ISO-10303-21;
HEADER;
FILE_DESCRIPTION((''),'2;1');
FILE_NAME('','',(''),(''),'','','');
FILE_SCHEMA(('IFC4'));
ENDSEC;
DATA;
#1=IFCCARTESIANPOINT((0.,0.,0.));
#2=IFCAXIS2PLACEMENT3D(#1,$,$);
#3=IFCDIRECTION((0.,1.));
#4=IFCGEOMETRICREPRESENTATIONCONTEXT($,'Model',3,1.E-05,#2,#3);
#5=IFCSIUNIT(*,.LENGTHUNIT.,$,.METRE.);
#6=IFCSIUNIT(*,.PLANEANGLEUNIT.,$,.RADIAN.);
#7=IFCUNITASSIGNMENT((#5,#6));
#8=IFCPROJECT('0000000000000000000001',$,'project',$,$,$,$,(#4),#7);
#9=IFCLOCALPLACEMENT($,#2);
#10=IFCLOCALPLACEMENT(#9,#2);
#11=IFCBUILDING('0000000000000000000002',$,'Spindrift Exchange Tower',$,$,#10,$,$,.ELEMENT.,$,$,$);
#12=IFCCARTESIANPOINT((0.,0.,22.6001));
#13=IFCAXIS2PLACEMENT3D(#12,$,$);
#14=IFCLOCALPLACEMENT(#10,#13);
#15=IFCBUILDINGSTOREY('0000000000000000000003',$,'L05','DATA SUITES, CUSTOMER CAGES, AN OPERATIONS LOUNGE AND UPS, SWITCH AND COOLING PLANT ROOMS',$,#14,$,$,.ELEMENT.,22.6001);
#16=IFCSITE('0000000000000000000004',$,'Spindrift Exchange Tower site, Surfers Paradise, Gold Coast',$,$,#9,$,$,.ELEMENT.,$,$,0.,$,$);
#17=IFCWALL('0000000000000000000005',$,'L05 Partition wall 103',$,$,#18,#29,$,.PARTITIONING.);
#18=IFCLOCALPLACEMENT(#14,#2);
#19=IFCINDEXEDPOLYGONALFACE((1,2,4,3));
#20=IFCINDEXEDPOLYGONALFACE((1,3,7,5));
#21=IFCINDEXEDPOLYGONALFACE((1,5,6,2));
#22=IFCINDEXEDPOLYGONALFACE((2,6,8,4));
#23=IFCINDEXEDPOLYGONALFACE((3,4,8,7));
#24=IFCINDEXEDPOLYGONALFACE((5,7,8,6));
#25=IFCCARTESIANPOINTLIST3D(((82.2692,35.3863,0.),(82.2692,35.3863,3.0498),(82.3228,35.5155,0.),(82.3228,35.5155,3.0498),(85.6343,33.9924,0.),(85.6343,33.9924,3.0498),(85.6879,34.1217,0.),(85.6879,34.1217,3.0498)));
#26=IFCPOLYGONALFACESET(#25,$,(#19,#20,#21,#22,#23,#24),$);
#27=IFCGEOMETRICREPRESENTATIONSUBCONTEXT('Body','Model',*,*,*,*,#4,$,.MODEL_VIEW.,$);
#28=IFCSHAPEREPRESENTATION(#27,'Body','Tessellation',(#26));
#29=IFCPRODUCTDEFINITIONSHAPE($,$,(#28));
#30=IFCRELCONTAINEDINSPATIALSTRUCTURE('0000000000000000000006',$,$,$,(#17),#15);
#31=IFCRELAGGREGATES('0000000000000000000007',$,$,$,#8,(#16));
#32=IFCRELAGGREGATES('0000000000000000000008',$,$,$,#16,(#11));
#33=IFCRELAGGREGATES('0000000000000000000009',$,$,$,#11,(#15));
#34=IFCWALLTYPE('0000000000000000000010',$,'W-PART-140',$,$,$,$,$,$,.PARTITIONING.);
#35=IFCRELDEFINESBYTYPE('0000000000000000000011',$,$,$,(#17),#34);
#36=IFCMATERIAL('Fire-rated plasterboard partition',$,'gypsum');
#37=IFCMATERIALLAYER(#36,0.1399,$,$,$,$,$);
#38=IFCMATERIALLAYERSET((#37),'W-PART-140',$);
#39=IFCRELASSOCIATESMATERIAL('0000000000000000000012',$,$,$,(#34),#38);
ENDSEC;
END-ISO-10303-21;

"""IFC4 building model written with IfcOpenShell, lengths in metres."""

from ifc_helpers import new_model, si_unit, direction, frame, frame_2d, origin, place, context, subcontext, project, spatial, rectangle, extrude, material, layer, layer_set, type_object, element, save


model = new_model("IFC4")

# Units and contexts
model_context = context("Model", 3, precision=1e-05, world=origin(), true_north=direction((0.0, 1.0)))
body_context = subcontext(model_context, "Body", "Model", "MODEL_VIEW")
ifc_project = project(units=[si_unit("LENGTHUNIT", "METRE"), si_unit("PLANEANGLEUNIT", "RADIAN")], contexts=[model_context])

# Site, building, storey
site_placement = place(None, origin())
site = spatial("IfcSite", under=ifc_project, at=site_placement, Name="Spindrift Exchange Tower site, Surfers Paradise, Gold Coast", CompositionType="ELEMENT", RefElevation=0.0)
building_placement = place(site_placement, origin())
building = spatial("IfcBuilding", under=site, at=building_placement, Name="Spindrift Exchange Tower", CompositionType="ELEMENT")
storey_placement = place(building_placement, frame((0.0, 0.0, 22.6001)))
storey = spatial("IfcBuildingStorey", under=building, at=storey_placement, Name="L05", Description="DATA SUITES, CUSTOMER CAGES, AN OPERATIONS LOUNGE AND UPS, SWITCH AND COOLING PLANT ROOMS", CompositionType="ELEMENT", Elevation=22.6001)

# Wall
ifc_material_1 = material(Name="Fire-rated plasterboard partition", Category="gypsum")
ifc_layer_1 = layer(ifc_material_1, 0.1399)
ifc_layer_set_1 = layer_set([ifc_layer_1], Name="W-PART-140")
wall_type_1 = type_object("IfcWallType", Name="W-PART-140", PredefinedType="PARTITIONING", material=ifc_layer_set_1)
wall_1_placement = place(storey_placement, frame((82.2959, 35.4509, 0.0), z_axis=(0.0, 0.0, 1.0), x_axis=(0.923882, -0.382677, 0.0)))
element("IfcWall", 1, at=wall_1_placement, inside=storey, type_object=wall_type_1, Name="L05 Partition wall 103", PredefinedType="PARTITIONING", context=body_context, shape_type="SweptSolid", body=[
    extrude(rectangle(XDim=3.6423, YDim=0.1399, at=frame_2d((1.8213, 0.0))), origin(), (0.0, 0.0, 1.0), 3.0498),
])

save(model, "model.ifc")
